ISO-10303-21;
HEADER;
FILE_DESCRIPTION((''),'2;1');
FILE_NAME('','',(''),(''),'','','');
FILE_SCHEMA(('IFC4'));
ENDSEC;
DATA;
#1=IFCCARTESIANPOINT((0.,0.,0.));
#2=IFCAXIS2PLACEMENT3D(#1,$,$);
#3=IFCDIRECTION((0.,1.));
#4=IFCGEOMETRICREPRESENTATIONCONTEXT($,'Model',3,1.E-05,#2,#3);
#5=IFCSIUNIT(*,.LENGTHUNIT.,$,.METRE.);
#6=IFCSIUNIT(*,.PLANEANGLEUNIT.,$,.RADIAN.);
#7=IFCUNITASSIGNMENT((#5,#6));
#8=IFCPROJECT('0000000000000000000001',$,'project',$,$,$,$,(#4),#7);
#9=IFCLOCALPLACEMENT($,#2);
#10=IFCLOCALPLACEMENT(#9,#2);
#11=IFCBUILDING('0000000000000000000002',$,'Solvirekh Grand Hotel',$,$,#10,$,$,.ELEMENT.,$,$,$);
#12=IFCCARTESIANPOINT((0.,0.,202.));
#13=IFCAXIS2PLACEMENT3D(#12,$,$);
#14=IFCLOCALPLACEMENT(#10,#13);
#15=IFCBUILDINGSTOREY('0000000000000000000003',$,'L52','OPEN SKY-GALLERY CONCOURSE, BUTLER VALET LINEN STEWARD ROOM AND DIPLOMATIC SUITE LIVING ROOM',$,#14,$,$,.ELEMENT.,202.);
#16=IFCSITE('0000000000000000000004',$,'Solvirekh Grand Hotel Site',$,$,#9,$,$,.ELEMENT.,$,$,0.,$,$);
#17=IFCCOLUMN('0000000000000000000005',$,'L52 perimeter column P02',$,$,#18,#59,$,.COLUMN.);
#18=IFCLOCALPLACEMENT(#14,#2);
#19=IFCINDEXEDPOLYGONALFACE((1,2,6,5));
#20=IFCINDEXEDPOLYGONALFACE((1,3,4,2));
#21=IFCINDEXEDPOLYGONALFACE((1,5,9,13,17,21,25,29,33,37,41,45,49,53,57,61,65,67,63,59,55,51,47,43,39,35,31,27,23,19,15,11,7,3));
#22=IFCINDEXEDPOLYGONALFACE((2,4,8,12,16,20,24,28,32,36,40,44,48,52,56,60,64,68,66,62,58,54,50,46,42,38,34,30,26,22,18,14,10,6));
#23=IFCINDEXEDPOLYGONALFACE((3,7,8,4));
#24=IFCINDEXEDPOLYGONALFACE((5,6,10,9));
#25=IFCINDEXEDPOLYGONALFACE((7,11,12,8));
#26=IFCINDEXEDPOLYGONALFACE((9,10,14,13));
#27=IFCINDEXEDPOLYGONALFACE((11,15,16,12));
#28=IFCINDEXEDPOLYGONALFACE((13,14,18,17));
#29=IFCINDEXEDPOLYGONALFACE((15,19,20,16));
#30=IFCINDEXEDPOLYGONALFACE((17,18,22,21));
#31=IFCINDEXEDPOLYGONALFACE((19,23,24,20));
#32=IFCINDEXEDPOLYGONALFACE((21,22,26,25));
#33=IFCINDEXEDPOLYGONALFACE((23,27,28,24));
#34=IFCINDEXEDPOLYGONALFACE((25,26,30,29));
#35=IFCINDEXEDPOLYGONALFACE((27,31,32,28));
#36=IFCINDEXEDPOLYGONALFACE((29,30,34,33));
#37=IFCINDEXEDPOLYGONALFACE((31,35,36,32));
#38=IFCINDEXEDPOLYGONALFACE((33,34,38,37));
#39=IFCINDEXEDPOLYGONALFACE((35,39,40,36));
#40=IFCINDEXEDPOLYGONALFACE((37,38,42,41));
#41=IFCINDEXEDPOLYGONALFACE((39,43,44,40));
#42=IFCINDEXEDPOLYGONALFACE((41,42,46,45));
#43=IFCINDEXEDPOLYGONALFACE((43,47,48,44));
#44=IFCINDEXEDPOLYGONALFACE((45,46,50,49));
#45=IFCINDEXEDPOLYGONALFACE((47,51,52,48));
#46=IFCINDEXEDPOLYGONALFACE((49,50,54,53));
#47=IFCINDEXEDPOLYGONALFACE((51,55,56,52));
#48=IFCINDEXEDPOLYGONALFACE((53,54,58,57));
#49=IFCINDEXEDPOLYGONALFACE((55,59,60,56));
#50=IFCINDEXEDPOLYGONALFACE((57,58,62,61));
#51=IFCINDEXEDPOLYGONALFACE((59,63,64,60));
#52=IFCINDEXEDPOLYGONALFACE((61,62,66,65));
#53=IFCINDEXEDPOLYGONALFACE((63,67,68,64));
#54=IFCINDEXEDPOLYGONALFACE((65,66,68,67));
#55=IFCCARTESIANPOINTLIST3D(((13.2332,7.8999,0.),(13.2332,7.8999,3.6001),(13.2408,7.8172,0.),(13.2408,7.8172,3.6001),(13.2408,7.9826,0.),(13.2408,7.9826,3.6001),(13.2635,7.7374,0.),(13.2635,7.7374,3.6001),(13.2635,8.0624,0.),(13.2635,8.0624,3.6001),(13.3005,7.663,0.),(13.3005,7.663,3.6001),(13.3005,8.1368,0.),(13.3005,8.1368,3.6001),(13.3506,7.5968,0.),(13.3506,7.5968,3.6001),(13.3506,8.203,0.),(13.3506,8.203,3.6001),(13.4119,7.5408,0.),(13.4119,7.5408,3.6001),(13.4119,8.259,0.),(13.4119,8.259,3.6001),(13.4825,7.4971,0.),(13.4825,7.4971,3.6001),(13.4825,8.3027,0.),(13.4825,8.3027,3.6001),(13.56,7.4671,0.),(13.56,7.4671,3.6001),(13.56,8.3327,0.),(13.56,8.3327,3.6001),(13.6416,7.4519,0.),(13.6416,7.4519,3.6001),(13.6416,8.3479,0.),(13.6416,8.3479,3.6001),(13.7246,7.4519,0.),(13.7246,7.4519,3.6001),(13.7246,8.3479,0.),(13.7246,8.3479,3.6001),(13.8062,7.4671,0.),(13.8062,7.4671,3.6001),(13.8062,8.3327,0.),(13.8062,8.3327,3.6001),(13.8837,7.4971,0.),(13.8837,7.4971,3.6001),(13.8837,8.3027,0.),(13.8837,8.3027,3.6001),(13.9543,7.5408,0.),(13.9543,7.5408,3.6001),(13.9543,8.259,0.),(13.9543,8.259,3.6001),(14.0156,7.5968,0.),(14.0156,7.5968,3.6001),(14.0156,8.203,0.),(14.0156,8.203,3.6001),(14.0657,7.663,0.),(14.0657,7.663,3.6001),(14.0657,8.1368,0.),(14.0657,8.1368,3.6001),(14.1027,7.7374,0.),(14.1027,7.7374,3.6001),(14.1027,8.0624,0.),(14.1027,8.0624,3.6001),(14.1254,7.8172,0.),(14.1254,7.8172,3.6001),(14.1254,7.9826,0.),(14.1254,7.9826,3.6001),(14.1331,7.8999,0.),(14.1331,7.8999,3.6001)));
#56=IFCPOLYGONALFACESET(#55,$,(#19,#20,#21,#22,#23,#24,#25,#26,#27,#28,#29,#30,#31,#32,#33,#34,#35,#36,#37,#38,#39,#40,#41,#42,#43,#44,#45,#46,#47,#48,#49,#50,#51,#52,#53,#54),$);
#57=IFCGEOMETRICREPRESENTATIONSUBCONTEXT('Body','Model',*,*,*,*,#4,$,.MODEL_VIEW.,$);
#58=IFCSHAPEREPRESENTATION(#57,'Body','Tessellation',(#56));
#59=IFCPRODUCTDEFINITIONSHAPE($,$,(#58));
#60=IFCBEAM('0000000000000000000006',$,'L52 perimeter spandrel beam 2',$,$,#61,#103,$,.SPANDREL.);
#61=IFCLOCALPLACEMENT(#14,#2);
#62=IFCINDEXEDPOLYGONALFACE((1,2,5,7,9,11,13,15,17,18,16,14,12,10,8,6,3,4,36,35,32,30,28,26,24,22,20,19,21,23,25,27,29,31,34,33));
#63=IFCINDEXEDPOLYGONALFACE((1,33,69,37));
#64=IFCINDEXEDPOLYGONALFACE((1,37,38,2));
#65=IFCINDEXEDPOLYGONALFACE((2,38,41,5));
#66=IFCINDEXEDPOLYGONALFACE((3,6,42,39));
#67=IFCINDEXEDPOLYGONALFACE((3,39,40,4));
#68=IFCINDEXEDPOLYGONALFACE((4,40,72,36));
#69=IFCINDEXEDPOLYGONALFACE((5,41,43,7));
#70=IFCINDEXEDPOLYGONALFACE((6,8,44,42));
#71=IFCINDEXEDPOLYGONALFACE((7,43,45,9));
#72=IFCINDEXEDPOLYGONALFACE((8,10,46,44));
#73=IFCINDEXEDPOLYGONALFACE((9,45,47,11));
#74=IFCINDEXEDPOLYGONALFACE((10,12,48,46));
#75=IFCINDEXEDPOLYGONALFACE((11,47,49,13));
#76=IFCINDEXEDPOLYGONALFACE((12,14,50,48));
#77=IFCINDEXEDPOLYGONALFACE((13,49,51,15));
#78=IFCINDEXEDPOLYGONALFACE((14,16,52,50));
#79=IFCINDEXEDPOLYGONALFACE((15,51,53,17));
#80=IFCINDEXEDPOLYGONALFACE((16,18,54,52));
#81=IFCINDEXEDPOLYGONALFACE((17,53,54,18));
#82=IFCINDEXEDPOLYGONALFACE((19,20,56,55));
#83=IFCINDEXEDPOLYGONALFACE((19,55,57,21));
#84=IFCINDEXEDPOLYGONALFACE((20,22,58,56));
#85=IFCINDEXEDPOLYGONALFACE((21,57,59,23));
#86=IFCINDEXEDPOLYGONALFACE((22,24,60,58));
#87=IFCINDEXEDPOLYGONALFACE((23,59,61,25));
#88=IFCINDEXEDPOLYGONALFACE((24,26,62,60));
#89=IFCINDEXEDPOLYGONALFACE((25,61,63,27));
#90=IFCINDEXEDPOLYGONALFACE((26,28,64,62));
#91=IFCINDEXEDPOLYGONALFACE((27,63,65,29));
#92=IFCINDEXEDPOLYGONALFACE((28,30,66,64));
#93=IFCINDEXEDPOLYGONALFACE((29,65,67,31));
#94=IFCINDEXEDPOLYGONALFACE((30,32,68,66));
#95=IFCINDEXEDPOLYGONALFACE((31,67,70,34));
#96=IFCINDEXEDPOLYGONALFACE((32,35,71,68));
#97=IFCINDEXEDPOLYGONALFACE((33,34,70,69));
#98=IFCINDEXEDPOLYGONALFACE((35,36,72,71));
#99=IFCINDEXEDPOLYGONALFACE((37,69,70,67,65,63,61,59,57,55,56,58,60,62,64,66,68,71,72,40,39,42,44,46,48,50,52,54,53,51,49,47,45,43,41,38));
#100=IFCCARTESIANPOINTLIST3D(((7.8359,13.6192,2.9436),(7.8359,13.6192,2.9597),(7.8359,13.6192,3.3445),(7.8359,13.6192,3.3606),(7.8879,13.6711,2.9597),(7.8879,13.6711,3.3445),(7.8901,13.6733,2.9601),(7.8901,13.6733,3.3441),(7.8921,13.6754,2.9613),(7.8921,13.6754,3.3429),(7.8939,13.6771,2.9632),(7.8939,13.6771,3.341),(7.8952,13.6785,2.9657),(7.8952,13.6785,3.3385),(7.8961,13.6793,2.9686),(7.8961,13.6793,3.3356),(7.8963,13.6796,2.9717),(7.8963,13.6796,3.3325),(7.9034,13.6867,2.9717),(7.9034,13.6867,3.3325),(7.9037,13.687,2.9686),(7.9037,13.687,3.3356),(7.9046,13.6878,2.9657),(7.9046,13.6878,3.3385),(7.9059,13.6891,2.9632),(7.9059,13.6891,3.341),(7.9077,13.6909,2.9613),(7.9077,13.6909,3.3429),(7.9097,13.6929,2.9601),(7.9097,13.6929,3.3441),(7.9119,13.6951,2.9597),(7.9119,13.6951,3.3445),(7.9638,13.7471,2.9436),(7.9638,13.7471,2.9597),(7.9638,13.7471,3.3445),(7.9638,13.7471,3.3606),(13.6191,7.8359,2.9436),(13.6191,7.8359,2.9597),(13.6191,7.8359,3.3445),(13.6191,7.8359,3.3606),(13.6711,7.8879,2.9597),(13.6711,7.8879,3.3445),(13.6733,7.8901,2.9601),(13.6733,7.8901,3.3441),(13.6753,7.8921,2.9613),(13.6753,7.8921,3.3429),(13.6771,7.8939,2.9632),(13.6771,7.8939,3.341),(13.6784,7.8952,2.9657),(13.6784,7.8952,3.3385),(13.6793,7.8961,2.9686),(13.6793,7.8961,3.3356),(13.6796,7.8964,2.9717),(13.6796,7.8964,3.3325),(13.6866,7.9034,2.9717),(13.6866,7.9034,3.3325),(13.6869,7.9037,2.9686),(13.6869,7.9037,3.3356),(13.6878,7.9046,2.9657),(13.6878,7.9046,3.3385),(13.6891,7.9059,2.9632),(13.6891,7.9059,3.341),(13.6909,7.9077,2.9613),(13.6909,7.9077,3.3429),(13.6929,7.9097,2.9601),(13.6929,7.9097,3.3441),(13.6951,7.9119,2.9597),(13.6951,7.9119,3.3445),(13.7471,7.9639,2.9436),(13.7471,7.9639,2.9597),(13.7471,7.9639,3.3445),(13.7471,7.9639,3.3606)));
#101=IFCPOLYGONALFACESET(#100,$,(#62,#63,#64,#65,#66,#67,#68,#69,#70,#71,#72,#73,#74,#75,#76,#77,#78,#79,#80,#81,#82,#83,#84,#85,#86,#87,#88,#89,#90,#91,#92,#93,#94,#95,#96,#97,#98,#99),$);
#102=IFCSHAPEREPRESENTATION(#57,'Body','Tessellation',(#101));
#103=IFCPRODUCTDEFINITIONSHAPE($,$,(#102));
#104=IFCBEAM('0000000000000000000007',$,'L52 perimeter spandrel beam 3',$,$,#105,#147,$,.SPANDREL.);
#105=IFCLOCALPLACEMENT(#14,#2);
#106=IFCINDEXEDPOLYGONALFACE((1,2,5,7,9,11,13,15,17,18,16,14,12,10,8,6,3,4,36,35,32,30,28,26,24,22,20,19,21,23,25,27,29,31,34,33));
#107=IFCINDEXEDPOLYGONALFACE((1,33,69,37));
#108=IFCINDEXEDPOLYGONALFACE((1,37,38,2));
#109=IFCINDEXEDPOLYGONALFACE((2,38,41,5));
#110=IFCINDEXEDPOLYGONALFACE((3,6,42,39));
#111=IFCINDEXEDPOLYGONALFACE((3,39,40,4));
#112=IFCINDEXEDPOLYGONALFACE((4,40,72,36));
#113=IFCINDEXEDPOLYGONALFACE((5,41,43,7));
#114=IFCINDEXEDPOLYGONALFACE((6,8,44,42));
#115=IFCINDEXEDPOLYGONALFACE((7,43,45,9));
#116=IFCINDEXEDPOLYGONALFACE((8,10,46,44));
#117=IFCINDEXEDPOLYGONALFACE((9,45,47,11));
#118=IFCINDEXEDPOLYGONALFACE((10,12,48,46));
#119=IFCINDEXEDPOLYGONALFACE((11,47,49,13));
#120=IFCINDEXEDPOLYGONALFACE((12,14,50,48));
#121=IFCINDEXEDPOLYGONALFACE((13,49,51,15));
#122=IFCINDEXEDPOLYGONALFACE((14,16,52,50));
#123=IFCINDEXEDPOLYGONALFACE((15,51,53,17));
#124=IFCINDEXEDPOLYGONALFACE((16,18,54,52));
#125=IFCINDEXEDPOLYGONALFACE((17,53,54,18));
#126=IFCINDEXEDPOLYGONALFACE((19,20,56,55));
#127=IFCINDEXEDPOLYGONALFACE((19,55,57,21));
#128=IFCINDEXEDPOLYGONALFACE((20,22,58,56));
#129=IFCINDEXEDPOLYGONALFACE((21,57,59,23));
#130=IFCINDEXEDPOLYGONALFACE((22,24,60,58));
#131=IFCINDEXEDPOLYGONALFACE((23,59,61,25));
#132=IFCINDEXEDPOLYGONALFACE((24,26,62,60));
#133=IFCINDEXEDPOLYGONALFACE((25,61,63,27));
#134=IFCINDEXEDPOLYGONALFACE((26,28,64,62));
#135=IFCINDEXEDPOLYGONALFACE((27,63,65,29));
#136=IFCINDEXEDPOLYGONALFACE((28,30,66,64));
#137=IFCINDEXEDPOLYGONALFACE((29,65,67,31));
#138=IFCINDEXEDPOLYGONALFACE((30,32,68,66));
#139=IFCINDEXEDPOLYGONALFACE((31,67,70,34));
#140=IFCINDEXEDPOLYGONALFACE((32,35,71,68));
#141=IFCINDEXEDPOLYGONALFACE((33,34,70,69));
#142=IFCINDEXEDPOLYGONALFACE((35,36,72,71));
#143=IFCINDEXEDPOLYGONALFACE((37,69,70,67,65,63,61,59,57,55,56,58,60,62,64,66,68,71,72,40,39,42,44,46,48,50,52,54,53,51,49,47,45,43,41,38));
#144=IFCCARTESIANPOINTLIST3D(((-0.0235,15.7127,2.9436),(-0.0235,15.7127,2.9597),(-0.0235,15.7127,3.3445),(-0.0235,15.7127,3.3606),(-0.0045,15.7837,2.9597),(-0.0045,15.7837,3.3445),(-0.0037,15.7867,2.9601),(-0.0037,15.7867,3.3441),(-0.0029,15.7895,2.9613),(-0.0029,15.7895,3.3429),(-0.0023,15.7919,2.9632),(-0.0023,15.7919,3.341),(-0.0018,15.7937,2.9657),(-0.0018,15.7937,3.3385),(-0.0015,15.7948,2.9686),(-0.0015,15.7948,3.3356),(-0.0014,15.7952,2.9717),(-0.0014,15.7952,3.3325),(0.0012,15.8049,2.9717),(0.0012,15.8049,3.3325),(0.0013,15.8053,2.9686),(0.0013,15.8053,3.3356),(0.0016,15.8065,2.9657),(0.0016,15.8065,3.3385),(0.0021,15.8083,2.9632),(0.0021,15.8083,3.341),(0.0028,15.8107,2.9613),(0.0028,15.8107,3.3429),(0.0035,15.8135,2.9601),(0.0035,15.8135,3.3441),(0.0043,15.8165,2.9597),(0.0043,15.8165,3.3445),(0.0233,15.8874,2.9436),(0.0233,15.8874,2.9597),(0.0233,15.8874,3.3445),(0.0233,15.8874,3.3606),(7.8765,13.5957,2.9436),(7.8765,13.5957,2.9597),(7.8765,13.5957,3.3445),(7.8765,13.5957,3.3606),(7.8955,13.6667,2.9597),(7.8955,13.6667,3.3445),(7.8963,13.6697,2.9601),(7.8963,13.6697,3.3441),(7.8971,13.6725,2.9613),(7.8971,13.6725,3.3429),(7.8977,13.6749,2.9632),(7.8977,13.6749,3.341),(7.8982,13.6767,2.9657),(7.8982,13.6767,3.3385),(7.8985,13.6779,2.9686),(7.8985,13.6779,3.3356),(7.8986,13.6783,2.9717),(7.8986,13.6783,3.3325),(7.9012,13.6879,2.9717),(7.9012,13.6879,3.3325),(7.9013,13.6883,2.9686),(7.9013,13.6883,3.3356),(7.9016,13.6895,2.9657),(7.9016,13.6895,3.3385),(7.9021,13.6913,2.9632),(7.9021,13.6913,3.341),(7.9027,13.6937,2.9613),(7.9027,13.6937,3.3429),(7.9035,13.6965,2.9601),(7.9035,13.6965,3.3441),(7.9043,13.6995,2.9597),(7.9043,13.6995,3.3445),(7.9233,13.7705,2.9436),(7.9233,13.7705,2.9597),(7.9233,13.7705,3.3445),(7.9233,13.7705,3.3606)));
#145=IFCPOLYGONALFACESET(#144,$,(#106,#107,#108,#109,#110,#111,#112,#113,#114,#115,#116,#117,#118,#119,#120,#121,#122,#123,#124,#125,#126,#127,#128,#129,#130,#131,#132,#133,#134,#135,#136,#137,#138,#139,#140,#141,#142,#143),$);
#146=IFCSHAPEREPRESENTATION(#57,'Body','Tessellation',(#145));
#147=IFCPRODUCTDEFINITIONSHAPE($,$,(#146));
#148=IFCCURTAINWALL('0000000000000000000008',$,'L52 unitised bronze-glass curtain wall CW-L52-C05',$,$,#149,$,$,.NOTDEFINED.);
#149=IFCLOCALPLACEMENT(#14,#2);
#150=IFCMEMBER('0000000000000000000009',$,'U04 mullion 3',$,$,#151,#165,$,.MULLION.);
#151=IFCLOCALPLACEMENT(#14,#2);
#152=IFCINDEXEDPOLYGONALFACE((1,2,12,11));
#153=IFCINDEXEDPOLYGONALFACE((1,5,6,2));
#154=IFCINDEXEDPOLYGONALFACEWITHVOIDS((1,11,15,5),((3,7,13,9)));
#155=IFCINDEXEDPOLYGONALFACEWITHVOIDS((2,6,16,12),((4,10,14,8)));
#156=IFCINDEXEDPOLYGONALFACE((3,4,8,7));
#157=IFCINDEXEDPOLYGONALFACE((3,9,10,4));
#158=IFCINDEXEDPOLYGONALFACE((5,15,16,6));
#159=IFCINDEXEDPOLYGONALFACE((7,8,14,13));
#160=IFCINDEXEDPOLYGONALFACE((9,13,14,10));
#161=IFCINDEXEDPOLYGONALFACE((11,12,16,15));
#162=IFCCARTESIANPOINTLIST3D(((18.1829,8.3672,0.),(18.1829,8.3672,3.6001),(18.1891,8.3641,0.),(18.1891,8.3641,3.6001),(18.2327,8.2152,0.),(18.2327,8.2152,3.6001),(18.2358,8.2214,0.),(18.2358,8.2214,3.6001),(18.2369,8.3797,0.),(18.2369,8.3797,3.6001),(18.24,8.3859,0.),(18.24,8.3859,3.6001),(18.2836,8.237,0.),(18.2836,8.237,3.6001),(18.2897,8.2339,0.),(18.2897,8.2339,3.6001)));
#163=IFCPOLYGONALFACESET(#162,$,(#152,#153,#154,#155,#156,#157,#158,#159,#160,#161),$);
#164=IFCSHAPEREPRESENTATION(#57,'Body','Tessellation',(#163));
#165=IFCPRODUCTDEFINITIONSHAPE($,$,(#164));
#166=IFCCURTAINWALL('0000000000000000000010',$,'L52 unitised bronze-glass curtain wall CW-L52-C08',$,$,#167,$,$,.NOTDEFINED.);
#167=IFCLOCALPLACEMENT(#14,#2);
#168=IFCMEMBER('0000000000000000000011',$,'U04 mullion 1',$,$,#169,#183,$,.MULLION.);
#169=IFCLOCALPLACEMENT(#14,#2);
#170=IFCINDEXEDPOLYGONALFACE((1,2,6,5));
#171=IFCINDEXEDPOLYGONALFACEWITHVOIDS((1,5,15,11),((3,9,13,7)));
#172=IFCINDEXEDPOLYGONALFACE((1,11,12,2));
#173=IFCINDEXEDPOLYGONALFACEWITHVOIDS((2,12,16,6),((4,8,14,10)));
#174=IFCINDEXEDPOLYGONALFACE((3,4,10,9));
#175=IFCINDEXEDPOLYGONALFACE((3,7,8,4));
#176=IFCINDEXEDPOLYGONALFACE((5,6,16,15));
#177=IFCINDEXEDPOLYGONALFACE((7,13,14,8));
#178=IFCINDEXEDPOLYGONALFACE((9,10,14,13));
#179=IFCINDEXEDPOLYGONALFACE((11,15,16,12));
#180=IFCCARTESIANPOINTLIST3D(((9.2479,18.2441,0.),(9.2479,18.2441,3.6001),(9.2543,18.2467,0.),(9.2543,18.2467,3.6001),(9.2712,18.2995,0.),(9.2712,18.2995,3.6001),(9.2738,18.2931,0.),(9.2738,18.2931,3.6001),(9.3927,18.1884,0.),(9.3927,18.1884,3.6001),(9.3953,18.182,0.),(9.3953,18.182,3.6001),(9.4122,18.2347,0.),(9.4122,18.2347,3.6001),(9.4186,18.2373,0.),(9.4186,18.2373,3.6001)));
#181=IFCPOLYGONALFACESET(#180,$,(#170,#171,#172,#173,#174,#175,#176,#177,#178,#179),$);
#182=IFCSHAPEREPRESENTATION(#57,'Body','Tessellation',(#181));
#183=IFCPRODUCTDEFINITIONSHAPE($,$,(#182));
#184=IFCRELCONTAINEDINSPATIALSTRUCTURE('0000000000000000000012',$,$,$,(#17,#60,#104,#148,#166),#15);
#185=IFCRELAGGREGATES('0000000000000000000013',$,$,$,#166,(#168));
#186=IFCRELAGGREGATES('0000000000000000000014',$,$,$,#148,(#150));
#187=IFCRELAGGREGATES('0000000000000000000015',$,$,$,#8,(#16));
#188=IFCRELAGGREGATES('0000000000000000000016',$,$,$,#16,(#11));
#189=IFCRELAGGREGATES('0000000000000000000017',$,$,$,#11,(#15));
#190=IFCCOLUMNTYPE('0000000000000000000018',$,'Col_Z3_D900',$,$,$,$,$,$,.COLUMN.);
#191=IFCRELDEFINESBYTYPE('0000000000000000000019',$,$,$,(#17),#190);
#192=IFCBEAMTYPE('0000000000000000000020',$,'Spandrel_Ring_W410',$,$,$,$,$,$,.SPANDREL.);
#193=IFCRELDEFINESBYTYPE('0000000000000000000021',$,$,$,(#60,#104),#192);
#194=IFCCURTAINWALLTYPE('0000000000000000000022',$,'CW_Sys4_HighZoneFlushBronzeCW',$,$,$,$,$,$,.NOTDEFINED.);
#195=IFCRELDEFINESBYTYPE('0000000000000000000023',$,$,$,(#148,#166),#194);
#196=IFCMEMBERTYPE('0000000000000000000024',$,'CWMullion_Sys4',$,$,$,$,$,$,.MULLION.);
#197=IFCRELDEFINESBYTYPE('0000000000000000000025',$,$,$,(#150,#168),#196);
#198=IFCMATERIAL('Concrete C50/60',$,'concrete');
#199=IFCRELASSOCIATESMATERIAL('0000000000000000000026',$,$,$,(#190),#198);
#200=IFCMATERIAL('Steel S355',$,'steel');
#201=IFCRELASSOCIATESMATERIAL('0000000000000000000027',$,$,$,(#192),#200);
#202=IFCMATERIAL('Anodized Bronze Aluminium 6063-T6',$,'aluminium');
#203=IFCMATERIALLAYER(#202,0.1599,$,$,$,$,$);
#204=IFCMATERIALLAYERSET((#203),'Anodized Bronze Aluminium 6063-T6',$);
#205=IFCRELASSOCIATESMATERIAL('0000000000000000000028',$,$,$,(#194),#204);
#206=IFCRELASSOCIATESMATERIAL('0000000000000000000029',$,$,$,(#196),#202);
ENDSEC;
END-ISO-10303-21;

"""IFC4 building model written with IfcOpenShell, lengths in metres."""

from ifc_helpers import new_model, si_unit, direction, frame, origin, origin_2d, place, context, subcontext, project, spatial, hollow_rectangle, circle, i_section, extrude, source, transform, mapped, material, layer, layer_set, material_profile, profile_set, type_object, element, aggregate, save


model = new_model("IFC4")

# Units and contexts
model_context = context("Model", 3, precision=1e-05, world=origin(), true_north=direction((0.0, 1.0)))
body_context = subcontext(model_context, "Body", "Model", "MODEL_VIEW")
ifc_project = project(units=[si_unit("LENGTHUNIT", "METRE"), si_unit("PLANEANGLEUNIT", "RADIAN")], contexts=[model_context])

# Site, building, storey
site_placement = place(None, origin())
site = spatial("IfcSite", under=ifc_project, at=site_placement, Name="Solvirekh Grand Hotel Site", CompositionType="ELEMENT", RefElevation=0.0)
building_placement = place(site_placement, origin())
building = spatial("IfcBuilding", under=site, at=building_placement, Name="Solvirekh Grand Hotel", CompositionType="ELEMENT")
storey_placement = place(building_placement, frame((0.0, 0.0, 202.0)))
storey = spatial("IfcBuildingStorey", under=building, at=storey_placement, Name="L52", Description="OPEN SKY-GALLERY CONCOURSE, BUTLER VALET LINEN STEWARD ROOM AND DIPLOMATIC SUITE LIVING ROOM", CompositionType="ELEMENT", Elevation=202.0)

# Column
ifc_material_1 = material(Name="Concrete C50/60", Category="concrete")
ifc_material_profile_1 = material_profile(ifc_material_1, circle(Radius=0.45, at=origin_2d()), Name="RC CIRC D900")
ifc_profile_set_1 = profile_set([ifc_material_profile_1], Name="Concrete C50/60")
column_type = type_object("IfcColumnType", Name="Col_Z3_D900", PredefinedType="COLUMN", material=ifc_profile_set_1)
column_placement = place(storey_placement, frame((13.6831, 7.8999, 0.0), z_axis=(0.0, 0.0, 1.0), x_axis=(1.0, 0.0, 0.0)))
element("IfcColumn", 1, at=column_placement, inside=storey, type_object=column_type, Name="L52 perimeter column P02", PredefinedType="COLUMN", context=body_context, shape_type="SweptSolid", body=[
    extrude(circle(Radius=0.45, at=origin_2d()), origin(), (0.0, 0.0, 1.0), 3.6001),
])

# Beams
ifc_material_2 = material(Name="Steel S355", Category="steel")
ifc_material_profile_2 = material_profile(ifc_material_2, i_section(OverallWidth=0.1809, OverallDepth=0.417, WebThickness=0.01, FlangeThickness=0.0161, FilletRadius=0.012, at=origin_2d()), Name="W410X85")
ifc_profile_set_2 = profile_set([ifc_material_profile_2], Name="Steel S355")
beam_type = type_object("IfcBeamType", Name="Spandrel_Ring_W410", PredefinedType="SPANDREL", material=ifc_profile_set_2)
for number, where, z_axis, x_axis, name in (
    (2, (13.6831, 7.8999, 3.1521), (-0.707107, 0.707107, 0.0), (-0.707107, -0.707107, 0.0), "L52 perimeter spandrel beam 2"),
    (3, (7.8999, 13.6831, 3.1521), (-0.965921, 0.258839, 0.0), (-0.258839, -0.965921, 0.0), "L52 perimeter spandrel beam 3"),
):
    element("IfcBeam", number, at=place(storey_placement, frame(where, z_axis=z_axis, x_axis=x_axis)), inside=storey, type_object=beam_type, Name=name, PredefinedType="SPANDREL", context=body_context, shape_type="SweptSolid", body=[
        extrude(i_section(OverallWidth=0.1809, OverallDepth=0.417, WebThickness=0.01, FlangeThickness=0.0161, FilletRadius=0.012, at=origin_2d()), origin(), (0.0, 0.0, 1.0), 8.1787),
    ])

# Curtain wall, member
ifc_material_3 = material(Name="Anodized Bronze Aluminium 6063-T6", Category="aluminium")
ifc_layer_1 = layer(ifc_material_3, 0.1599)
ifc_layer_set_1 = layer_set([ifc_layer_1], Name="Anodized Bronze Aluminium 6063-T6")
curtain_wall_type = type_object("IfcCurtainWallType", Name="CW_Sys4_HighZoneFlushBronzeCW", PredefinedType="NOTDEFINED", material=ifc_layer_set_1)
curtain_wall_1_placement = place(storey_placement, origin())
curtain_wall_1 = element("IfcCurtainWall", 4, at=curtain_wall_1_placement, inside=storey, type_object=curtain_wall_type, Name="L52 unitised bronze-glass curtain wall CW-L52-C05", PredefinedType="NOTDEFINED")
ifc_material_profile_3 = material_profile(ifc_material_3, hollow_rectangle(XDim=0.0601, YDim=0.1599, WallThickness=0.0049, at=origin_2d()), Name="ALU RHS 160X60X5")
ifc_profile_set_3 = profile_set([ifc_material_profile_3], Name="Anodized Bronze Aluminium 6063-T6")
member_type_1 = type_object("IfcMemberType", Name="CWMullion_Sys4", PredefinedType="MULLION", material=ifc_profile_set_3)
shared_shape_1 = source(origin(), body_context, "Body", "SweptSolid", [
    extrude(hollow_rectangle(XDim=0.0601, YDim=0.1599, WallThickness=0.0049, at=origin_2d()), origin(), (0.0, 0.0, 1.0), 3.6001),
])
member_1_placement = place(storey_placement, frame((18.2363, 8.3005, 0.0), z_axis=(0.0, 0.0, 1.0), x_axis=(-0.950379, -0.311095, 0.0)))
member_1 = element("IfcMember", 5, at=member_1_placement, type_object=member_type_1, Name="U04 mullion 3", PredefinedType="MULLION", context=body_context, shape_type="MappedRepresentation", body=[
    mapped(shared_shape_1, transform((0.0, 0.0, 0.0), x_axis=(1.0, 0.0, 0.0), y_axis=(0.0, 1.0, 0.0), z_axis=(0.0, 0.0, 1.0), scale=1.0)),
])

# Curtain wall, member
curtain_wall_2_placement = place(storey_placement, origin())
curtain_wall_2 = element("IfcCurtainWall", 6, at=curtain_wall_2_placement, inside=storey, type_object=curtain_wall_type, Name="L52 unitised bronze-glass curtain wall CW-L52-C08", PredefinedType="NOTDEFINED")
member_2_placement = place(storey_placement, frame((9.3333, 18.2407, 0.0), z_axis=(0.0, 0.0, 1.0), x_axis=(-0.388491, -0.921453, 0.0)))
member_2 = element("IfcMember", 7, at=member_2_placement, type_object=member_type_1, Name="U04 mullion 1", PredefinedType="MULLION", context=body_context, shape_type="MappedRepresentation", body=[
    mapped(shared_shape_1, transform((0.0, 0.0, 0.0), x_axis=(1.0, 0.0, 0.0), y_axis=(0.0, 1.0, 0.0), z_axis=(0.0, 0.0, 1.0), scale=1.0)),
])
aggregate(curtain_wall_2, [member_2])

aggregate(curtain_wall_1, [member_1])

save(model, "model.ifc")
